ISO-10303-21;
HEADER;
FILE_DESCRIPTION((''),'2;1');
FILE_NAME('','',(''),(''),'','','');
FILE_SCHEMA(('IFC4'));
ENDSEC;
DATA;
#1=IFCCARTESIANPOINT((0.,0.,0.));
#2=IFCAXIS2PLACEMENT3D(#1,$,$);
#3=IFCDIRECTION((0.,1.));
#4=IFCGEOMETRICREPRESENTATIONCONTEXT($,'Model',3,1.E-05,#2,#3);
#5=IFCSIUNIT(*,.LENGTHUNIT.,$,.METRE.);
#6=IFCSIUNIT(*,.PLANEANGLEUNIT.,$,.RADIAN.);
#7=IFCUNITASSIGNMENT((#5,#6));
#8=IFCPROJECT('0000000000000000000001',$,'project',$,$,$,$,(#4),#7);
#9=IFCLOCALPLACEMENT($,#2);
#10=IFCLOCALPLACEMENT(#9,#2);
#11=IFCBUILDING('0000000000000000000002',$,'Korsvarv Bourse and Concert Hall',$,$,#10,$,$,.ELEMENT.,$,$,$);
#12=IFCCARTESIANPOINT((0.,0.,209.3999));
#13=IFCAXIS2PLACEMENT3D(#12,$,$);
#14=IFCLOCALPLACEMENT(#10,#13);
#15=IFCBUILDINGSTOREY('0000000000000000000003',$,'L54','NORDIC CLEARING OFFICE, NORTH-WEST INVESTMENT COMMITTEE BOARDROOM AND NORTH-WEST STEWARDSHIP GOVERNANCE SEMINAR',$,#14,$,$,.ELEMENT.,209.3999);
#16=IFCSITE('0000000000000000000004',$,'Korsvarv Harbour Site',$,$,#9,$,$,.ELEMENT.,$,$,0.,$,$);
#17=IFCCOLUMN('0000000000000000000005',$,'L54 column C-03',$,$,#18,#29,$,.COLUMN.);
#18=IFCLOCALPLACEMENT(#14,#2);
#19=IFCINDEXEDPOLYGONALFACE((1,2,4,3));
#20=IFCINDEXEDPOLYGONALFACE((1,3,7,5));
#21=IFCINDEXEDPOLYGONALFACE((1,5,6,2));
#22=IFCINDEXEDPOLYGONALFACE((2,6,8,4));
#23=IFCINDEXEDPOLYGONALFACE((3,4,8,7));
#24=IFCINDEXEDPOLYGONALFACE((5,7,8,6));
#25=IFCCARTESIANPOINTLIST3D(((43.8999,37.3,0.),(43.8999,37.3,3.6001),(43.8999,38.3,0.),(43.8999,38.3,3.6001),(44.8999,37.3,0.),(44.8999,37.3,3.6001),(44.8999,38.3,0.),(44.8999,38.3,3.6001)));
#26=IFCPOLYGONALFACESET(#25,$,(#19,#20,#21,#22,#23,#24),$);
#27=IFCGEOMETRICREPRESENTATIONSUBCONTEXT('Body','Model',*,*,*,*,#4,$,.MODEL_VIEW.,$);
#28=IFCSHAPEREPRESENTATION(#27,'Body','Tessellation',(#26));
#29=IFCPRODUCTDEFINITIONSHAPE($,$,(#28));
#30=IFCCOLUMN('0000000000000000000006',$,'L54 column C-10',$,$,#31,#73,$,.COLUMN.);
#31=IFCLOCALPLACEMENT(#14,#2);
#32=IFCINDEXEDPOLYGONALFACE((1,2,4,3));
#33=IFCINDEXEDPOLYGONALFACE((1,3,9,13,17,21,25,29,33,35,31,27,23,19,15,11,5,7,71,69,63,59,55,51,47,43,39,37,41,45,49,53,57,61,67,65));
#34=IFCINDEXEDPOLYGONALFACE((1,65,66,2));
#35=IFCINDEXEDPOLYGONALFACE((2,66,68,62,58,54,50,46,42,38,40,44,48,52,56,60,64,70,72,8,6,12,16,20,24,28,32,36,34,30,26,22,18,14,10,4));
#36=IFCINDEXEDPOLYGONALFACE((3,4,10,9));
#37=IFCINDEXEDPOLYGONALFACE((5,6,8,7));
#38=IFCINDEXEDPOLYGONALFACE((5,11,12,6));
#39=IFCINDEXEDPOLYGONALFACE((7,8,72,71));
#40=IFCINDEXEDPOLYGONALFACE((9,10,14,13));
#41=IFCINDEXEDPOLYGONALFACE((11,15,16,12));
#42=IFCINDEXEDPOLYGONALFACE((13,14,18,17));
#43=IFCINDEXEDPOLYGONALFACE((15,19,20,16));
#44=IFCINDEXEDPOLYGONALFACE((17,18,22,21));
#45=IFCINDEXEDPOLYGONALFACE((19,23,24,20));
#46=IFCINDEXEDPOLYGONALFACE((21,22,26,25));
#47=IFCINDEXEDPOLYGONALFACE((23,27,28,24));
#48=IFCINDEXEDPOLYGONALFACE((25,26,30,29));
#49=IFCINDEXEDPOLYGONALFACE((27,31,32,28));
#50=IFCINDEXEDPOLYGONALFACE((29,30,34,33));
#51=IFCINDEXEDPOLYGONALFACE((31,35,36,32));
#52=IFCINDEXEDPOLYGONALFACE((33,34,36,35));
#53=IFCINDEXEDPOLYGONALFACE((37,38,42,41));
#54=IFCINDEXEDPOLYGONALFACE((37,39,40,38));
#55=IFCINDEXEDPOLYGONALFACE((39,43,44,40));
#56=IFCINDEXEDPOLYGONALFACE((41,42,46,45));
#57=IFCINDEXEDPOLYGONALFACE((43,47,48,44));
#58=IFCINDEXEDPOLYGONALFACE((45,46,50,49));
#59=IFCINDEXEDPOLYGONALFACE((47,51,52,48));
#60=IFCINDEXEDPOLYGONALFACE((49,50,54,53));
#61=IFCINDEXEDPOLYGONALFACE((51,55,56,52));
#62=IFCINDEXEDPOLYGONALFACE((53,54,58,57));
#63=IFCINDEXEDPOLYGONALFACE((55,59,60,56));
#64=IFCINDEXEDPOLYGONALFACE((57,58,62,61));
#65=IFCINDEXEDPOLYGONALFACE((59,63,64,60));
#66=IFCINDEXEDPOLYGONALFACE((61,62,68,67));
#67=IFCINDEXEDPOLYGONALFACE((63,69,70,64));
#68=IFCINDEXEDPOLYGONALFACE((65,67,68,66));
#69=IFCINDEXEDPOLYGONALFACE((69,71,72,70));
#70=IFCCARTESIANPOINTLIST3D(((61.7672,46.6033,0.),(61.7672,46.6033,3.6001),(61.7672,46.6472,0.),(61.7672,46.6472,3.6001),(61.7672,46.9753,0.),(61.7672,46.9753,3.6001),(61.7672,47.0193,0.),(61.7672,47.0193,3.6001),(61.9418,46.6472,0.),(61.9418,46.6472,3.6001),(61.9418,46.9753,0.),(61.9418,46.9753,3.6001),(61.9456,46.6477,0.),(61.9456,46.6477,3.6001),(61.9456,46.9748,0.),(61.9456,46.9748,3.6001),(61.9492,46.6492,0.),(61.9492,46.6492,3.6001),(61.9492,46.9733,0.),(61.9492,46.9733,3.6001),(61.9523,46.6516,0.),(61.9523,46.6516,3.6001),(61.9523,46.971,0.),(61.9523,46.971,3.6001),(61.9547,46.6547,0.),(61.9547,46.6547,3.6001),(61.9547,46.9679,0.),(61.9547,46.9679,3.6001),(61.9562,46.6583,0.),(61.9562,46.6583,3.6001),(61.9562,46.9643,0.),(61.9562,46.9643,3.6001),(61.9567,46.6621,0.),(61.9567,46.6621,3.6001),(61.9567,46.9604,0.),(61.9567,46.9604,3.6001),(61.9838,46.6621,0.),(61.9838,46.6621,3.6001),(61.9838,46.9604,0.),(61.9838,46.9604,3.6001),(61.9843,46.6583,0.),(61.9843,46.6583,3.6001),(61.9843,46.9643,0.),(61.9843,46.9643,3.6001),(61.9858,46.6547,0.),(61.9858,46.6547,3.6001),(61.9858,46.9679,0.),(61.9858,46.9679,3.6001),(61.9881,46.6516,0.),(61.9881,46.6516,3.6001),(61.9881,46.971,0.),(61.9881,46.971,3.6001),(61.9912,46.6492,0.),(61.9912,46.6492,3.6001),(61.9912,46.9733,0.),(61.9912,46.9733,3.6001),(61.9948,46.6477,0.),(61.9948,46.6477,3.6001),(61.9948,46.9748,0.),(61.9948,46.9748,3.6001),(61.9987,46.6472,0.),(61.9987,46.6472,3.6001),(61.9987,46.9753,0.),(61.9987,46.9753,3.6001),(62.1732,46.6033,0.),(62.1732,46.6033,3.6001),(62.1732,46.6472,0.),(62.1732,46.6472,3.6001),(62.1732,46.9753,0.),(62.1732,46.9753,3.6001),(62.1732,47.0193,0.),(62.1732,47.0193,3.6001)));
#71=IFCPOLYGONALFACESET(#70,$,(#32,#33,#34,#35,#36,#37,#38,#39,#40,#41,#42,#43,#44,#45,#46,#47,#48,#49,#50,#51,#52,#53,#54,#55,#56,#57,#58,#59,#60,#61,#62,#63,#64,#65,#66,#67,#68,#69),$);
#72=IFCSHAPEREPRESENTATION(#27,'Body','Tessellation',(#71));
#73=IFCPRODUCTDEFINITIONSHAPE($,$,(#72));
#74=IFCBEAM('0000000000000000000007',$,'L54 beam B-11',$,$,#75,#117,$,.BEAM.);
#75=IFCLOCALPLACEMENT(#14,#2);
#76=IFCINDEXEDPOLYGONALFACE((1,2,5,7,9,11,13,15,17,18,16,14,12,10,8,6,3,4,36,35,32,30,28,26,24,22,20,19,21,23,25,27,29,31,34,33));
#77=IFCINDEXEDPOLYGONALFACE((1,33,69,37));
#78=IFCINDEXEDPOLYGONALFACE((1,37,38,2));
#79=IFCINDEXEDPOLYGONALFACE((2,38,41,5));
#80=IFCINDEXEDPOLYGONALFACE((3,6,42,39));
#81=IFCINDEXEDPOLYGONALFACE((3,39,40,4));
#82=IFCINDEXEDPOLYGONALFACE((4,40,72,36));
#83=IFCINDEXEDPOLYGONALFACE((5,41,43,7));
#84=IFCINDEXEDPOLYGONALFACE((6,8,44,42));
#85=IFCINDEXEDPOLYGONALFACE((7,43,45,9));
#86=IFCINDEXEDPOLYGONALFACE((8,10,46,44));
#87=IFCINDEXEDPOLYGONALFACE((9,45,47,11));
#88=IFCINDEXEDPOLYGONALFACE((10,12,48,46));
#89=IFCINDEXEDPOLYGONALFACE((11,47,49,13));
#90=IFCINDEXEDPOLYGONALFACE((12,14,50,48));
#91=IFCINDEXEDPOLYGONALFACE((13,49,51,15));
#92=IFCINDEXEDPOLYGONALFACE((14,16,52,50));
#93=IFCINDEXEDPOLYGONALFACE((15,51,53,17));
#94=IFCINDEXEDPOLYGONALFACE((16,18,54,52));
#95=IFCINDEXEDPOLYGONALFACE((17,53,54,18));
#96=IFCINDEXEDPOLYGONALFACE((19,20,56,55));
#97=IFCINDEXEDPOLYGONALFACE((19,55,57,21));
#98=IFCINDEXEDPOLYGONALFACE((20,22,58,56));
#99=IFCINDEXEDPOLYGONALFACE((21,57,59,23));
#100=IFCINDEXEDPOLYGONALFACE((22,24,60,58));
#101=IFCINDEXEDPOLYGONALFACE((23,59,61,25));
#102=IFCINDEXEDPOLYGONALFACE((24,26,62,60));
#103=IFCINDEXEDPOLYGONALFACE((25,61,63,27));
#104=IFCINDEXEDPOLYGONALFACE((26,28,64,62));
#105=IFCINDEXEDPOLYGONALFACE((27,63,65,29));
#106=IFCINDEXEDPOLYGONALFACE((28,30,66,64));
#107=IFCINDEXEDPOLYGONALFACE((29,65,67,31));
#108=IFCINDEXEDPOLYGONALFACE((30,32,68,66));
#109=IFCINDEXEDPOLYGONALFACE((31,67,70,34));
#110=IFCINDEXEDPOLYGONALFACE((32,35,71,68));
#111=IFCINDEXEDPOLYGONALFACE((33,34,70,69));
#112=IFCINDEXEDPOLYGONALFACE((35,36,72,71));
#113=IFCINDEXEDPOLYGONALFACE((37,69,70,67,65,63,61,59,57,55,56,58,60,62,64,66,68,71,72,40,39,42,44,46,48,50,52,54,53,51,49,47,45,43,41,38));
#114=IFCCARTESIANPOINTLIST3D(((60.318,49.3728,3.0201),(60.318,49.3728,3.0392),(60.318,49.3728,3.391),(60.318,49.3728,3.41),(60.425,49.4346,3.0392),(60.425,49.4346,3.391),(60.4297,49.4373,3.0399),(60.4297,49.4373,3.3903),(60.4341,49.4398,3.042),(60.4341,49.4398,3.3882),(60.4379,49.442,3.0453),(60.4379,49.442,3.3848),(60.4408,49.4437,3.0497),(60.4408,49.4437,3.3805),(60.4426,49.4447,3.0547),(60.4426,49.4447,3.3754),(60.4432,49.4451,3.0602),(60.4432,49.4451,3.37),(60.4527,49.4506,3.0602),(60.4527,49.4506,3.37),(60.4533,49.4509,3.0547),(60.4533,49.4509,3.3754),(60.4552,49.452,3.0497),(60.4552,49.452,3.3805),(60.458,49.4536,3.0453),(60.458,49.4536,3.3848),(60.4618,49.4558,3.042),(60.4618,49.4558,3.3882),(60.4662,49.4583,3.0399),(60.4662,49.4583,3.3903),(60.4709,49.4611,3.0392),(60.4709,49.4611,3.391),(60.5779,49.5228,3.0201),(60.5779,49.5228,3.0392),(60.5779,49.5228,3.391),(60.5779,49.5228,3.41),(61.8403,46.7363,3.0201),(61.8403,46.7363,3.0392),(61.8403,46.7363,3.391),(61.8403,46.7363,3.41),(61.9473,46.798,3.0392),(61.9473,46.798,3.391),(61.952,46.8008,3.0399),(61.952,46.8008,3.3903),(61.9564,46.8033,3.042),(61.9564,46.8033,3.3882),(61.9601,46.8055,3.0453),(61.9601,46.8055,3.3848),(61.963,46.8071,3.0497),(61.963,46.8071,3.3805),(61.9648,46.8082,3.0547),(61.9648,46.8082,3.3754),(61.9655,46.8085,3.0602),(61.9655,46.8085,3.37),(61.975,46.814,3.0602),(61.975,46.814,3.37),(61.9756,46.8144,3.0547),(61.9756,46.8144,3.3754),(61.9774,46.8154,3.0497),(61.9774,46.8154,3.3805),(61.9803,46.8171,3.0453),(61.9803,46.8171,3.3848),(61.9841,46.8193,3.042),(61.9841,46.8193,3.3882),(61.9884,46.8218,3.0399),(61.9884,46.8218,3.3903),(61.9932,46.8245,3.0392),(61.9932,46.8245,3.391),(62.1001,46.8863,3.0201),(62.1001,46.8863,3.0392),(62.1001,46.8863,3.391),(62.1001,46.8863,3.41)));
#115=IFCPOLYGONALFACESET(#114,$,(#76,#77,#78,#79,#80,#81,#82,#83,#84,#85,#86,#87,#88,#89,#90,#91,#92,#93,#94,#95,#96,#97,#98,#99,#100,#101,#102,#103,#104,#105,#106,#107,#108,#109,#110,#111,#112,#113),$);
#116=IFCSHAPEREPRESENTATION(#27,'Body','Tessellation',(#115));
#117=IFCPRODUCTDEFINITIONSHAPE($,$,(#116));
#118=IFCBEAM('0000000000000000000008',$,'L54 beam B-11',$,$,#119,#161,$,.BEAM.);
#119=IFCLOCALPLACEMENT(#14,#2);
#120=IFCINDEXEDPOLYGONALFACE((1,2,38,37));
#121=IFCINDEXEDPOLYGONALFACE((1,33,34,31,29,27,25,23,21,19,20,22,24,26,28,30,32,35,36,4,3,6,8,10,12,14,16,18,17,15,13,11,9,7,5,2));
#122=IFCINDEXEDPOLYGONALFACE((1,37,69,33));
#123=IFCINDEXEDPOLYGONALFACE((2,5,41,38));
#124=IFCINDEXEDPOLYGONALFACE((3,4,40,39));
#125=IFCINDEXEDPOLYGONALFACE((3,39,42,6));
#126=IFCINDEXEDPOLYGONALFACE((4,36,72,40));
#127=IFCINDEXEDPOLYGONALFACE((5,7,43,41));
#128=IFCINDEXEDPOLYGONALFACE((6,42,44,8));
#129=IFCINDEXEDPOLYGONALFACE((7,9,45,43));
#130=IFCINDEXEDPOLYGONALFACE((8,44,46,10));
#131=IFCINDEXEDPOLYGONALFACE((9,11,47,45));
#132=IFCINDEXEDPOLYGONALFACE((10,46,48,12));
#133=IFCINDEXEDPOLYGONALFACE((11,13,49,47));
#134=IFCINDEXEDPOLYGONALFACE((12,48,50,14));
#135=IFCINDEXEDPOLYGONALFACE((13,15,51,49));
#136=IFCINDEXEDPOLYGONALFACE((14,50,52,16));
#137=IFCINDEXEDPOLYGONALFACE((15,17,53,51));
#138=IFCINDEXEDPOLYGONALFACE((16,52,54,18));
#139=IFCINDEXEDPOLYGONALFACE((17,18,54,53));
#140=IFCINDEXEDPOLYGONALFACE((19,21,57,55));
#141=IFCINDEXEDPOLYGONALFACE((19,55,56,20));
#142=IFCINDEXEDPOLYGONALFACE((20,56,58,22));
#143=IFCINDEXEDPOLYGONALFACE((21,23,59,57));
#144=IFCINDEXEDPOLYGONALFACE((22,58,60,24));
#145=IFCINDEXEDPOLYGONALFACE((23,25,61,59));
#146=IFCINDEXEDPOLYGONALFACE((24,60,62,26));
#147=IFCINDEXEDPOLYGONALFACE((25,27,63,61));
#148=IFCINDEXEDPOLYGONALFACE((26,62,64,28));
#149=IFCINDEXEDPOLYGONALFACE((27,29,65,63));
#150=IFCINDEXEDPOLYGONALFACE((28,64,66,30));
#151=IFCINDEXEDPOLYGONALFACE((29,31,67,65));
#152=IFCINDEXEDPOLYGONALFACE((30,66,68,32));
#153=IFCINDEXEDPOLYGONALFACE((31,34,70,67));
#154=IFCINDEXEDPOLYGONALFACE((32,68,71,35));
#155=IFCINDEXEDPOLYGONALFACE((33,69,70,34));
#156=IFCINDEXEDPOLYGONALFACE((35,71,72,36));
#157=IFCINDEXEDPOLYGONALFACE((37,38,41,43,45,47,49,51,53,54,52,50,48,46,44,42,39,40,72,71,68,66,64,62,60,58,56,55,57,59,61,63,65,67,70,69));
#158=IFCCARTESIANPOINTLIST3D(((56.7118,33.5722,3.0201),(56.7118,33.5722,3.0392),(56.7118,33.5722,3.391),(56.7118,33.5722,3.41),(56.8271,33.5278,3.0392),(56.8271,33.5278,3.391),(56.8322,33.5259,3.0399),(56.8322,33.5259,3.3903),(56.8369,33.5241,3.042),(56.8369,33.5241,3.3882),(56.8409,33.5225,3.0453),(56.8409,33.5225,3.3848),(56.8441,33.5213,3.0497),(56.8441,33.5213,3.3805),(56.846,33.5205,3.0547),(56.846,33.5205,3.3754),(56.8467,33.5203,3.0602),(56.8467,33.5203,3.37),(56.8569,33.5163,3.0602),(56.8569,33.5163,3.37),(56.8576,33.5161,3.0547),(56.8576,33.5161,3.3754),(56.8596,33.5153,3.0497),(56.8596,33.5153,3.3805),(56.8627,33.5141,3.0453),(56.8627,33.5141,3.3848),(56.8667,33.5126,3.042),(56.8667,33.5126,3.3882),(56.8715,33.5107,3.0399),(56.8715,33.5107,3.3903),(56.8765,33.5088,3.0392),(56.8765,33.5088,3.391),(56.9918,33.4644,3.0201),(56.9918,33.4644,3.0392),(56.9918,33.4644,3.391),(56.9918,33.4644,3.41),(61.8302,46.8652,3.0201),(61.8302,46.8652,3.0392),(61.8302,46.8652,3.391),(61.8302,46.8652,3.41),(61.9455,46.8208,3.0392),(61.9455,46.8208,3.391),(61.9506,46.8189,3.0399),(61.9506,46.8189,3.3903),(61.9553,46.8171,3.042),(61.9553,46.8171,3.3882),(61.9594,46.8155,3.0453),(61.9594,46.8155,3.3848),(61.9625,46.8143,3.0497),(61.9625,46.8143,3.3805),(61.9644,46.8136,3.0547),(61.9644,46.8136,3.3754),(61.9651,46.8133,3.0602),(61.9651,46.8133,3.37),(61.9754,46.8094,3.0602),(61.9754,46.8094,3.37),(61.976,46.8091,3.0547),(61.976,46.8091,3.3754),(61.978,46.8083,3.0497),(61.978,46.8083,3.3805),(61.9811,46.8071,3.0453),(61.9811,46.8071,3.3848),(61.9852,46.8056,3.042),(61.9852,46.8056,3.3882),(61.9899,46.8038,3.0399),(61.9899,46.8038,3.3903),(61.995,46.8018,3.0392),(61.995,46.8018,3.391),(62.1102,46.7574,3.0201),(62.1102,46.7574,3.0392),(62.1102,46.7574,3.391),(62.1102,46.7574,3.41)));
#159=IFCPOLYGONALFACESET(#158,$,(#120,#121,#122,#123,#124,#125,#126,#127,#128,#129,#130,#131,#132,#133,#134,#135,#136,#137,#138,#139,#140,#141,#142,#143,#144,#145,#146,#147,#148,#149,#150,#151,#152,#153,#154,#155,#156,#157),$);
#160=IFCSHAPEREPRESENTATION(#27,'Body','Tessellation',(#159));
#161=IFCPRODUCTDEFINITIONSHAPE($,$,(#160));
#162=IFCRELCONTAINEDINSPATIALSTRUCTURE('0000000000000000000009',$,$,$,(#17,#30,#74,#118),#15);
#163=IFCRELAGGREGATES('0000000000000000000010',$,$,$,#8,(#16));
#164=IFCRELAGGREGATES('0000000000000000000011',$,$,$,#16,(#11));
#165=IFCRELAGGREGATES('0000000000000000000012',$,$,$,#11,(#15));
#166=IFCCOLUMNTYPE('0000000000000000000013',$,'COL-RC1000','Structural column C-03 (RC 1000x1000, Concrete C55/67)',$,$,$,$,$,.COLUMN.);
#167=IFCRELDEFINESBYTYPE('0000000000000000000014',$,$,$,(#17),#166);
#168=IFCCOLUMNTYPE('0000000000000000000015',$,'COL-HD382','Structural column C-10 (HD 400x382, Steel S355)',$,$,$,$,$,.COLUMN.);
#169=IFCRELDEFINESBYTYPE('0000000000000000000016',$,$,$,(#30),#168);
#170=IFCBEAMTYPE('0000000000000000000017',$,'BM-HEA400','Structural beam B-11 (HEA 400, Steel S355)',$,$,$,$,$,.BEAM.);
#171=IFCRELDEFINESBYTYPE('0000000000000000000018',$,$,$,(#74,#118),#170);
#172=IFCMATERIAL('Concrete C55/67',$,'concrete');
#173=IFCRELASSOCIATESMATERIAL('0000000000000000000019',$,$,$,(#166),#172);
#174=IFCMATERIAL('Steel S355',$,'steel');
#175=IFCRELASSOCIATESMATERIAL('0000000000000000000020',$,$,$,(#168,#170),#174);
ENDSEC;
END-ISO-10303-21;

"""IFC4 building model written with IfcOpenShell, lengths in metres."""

from ifc_helpers import new_model, si_unit, direction, frame, origin, origin_2d, place, context, subcontext, project, spatial, rectangle, i_section, extrude, source, transform, mapped, material, material_profile, profile_set, type_object, element, save


model = new_model("IFC4")

# Units and contexts
model_context = context("Model", 3, precision=1e-05, world=origin(), true_north=direction((0.0, 1.0)))
body_context = subcontext(model_context, "Body", "Model", "MODEL_VIEW")
ifc_project = project(units=[si_unit("LENGTHUNIT", "METRE"), si_unit("PLANEANGLEUNIT", "RADIAN")], contexts=[model_context])

# Site, building, storey
site_placement = place(None, origin())
site = spatial("IfcSite", under=ifc_project, at=site_placement, Name="Korsvarv Harbour Site", CompositionType="ELEMENT", RefElevation=0.0)
building_placement = place(site_placement, origin())
building = spatial("IfcBuilding", under=site, at=building_placement, Name="Korsvarv Bourse and Concert Hall", CompositionType="ELEMENT")
storey_placement = place(building_placement, frame((0.0, 0.0, 209.3999)))
storey = spatial("IfcBuildingStorey", under=building, at=storey_placement, Name="L54", Description="NORDIC CLEARING OFFICE, NORTH-WEST INVESTMENT COMMITTEE BOARDROOM AND NORTH-WEST STEWARDSHIP GOVERNANCE SEMINAR", CompositionType="ELEMENT", Elevation=209.3999)

# Columns
ifc_material_1 = material(Name="Concrete C55/67", Category="concrete")
ifc_material_profile_1 = material_profile(ifc_material_1, rectangle(XDim=1.0, YDim=1.0, at=origin_2d()), Name="RC 1000x1000")
ifc_profile_set_1 = profile_set([ifc_material_profile_1], Name="Concrete C55/67")
column_type_1 = type_object("IfcColumnType", Name="COL-RC1000", Description="Structural column C-03 (RC 1000x1000, Concrete C55/67)", PredefinedType="COLUMN", material=ifc_profile_set_1)
shared_shape_1 = source(origin(), body_context, "Body", "SweptSolid", [
    extrude(rectangle(XDim=1.0, YDim=1.0, at=origin_2d()), origin(), (0.0, 0.0, 1.0), 3.6001),
])
column_1_placement = place(storey_placement, frame((44.3999, 37.8, 0.0), z_axis=(0.0, 0.0, 1.0), x_axis=(1.0, 0.0, 0.0)))
element("IfcColumn", 1, at=column_1_placement, inside=storey, type_object=column_type_1, Name="L54 column C-03", PredefinedType="COLUMN", context=body_context, shape_type="MappedRepresentation", body=[
    mapped(shared_shape_1, transform((0.0, 0.0, 0.0), scale=1.0)),
])
ifc_material_2 = material(Name="Steel S355", Category="steel")
ifc_material_profile_2 = material_profile(ifc_material_2, i_section(OverallWidth=0.406, OverallDepth=0.416, WebThickness=0.0271, FlangeThickness=0.0439, FilletRadius=0.0149, at=origin_2d()), Name="HD 400x382")
ifc_profile_set_2 = profile_set([ifc_material_profile_2], Name="Steel S355")
column_type_2 = type_object("IfcColumnType", Name="COL-HD382", Description="Structural column C-10 (HD 400x382, Steel S355)", PredefinedType="COLUMN", material=ifc_profile_set_2)
shared_shape_2 = source(origin(), body_context, "Body", "SweptSolid", [
    extrude(i_section(OverallWidth=0.406, OverallDepth=0.416, WebThickness=0.0271, FlangeThickness=0.0439, FilletRadius=0.0149, at=origin_2d()), origin(), (0.0, 0.0, 1.0), 3.6001),
])
column_2_placement = place(storey_placement, frame((61.9702, 46.8113, 0.0), z_axis=(0.0, 0.0, 1.0), x_axis=(1.0, 0.0, 0.0)))
element("IfcColumn", 2, at=column_2_placement, inside=storey, type_object=column_type_2, Name="L54 column C-10", PredefinedType="COLUMN", context=body_context, shape_type="MappedRepresentation", body=[
    mapped(shared_shape_2, transform((0.0, 0.0, 0.0), scale=1.0)),
])

# Beams
ifc_material_profile_3 = material_profile(ifc_material_2, i_section(OverallWidth=0.3, OverallDepth=0.3899, WebThickness=0.011, FlangeThickness=0.019, FilletRadius=0.021, at=origin_2d()), Name="HEA 400")
ifc_profile_set_3 = profile_set([ifc_material_profile_3], Name="Steel S355")
beam_type_1 = type_object("IfcBeamType", Name="BM-HEA400", Description="Structural beam B-11 (HEA 400, Steel S355)", PredefinedType="BEAM", material=ifc_profile_set_3)
shared_shape_3 = source(origin(), body_context, "Body", "SweptSolid", [
    extrude(i_section(OverallWidth=0.3, OverallDepth=0.3899, WebThickness=0.011, FlangeThickness=0.019, FilletRadius=0.021, at=origin_2d()), origin(), (0.0, 0.0, 1.0), 3.0444),
])
beam_1_placement = place(storey_placement, frame((61.9702, 46.8113, 3.2151), z_axis=(-0.500012, 0.866019, 0.0), x_axis=(-0.866019, -0.500012, 0.0)))
element("IfcBeam", 3, at=beam_1_placement, inside=storey, type_object=beam_type_1, Name="L54 beam B-11", PredefinedType="BEAM", context=body_context, shape_type="MappedRepresentation", body=[
    mapped(shared_shape_3, transform((0.0, 0.0, 0.0), scale=1.0)),
])
shared_shape_4 = source(origin(), body_context, "Body", "SweptSolid", [
    extrude(i_section(OverallWidth=0.3, OverallDepth=0.3899, WebThickness=0.011, FlangeThickness=0.019, FilletRadius=0.021, at=origin_2d()), origin(), (0.0, 0.0, 1.0), 14.2444),
])
beam_2_placement = place(storey_placement, frame((56.8518, 33.5183, 3.2151), z_axis=(0.359329, 0.933211, 0.0), x_axis=(-0.933211, 0.359329, 0.0)))
element("IfcBeam", 4, at=beam_2_placement, inside=storey, type_object=beam_type_1, Name="L54 beam B-11", PredefinedType="BEAM", context=body_context, shape_type="MappedRepresentation", body=[
    mapped(shared_shape_4, transform((0.0, 0.0, 0.0), scale=1.0)),
])

save(model, "model.ifc")
